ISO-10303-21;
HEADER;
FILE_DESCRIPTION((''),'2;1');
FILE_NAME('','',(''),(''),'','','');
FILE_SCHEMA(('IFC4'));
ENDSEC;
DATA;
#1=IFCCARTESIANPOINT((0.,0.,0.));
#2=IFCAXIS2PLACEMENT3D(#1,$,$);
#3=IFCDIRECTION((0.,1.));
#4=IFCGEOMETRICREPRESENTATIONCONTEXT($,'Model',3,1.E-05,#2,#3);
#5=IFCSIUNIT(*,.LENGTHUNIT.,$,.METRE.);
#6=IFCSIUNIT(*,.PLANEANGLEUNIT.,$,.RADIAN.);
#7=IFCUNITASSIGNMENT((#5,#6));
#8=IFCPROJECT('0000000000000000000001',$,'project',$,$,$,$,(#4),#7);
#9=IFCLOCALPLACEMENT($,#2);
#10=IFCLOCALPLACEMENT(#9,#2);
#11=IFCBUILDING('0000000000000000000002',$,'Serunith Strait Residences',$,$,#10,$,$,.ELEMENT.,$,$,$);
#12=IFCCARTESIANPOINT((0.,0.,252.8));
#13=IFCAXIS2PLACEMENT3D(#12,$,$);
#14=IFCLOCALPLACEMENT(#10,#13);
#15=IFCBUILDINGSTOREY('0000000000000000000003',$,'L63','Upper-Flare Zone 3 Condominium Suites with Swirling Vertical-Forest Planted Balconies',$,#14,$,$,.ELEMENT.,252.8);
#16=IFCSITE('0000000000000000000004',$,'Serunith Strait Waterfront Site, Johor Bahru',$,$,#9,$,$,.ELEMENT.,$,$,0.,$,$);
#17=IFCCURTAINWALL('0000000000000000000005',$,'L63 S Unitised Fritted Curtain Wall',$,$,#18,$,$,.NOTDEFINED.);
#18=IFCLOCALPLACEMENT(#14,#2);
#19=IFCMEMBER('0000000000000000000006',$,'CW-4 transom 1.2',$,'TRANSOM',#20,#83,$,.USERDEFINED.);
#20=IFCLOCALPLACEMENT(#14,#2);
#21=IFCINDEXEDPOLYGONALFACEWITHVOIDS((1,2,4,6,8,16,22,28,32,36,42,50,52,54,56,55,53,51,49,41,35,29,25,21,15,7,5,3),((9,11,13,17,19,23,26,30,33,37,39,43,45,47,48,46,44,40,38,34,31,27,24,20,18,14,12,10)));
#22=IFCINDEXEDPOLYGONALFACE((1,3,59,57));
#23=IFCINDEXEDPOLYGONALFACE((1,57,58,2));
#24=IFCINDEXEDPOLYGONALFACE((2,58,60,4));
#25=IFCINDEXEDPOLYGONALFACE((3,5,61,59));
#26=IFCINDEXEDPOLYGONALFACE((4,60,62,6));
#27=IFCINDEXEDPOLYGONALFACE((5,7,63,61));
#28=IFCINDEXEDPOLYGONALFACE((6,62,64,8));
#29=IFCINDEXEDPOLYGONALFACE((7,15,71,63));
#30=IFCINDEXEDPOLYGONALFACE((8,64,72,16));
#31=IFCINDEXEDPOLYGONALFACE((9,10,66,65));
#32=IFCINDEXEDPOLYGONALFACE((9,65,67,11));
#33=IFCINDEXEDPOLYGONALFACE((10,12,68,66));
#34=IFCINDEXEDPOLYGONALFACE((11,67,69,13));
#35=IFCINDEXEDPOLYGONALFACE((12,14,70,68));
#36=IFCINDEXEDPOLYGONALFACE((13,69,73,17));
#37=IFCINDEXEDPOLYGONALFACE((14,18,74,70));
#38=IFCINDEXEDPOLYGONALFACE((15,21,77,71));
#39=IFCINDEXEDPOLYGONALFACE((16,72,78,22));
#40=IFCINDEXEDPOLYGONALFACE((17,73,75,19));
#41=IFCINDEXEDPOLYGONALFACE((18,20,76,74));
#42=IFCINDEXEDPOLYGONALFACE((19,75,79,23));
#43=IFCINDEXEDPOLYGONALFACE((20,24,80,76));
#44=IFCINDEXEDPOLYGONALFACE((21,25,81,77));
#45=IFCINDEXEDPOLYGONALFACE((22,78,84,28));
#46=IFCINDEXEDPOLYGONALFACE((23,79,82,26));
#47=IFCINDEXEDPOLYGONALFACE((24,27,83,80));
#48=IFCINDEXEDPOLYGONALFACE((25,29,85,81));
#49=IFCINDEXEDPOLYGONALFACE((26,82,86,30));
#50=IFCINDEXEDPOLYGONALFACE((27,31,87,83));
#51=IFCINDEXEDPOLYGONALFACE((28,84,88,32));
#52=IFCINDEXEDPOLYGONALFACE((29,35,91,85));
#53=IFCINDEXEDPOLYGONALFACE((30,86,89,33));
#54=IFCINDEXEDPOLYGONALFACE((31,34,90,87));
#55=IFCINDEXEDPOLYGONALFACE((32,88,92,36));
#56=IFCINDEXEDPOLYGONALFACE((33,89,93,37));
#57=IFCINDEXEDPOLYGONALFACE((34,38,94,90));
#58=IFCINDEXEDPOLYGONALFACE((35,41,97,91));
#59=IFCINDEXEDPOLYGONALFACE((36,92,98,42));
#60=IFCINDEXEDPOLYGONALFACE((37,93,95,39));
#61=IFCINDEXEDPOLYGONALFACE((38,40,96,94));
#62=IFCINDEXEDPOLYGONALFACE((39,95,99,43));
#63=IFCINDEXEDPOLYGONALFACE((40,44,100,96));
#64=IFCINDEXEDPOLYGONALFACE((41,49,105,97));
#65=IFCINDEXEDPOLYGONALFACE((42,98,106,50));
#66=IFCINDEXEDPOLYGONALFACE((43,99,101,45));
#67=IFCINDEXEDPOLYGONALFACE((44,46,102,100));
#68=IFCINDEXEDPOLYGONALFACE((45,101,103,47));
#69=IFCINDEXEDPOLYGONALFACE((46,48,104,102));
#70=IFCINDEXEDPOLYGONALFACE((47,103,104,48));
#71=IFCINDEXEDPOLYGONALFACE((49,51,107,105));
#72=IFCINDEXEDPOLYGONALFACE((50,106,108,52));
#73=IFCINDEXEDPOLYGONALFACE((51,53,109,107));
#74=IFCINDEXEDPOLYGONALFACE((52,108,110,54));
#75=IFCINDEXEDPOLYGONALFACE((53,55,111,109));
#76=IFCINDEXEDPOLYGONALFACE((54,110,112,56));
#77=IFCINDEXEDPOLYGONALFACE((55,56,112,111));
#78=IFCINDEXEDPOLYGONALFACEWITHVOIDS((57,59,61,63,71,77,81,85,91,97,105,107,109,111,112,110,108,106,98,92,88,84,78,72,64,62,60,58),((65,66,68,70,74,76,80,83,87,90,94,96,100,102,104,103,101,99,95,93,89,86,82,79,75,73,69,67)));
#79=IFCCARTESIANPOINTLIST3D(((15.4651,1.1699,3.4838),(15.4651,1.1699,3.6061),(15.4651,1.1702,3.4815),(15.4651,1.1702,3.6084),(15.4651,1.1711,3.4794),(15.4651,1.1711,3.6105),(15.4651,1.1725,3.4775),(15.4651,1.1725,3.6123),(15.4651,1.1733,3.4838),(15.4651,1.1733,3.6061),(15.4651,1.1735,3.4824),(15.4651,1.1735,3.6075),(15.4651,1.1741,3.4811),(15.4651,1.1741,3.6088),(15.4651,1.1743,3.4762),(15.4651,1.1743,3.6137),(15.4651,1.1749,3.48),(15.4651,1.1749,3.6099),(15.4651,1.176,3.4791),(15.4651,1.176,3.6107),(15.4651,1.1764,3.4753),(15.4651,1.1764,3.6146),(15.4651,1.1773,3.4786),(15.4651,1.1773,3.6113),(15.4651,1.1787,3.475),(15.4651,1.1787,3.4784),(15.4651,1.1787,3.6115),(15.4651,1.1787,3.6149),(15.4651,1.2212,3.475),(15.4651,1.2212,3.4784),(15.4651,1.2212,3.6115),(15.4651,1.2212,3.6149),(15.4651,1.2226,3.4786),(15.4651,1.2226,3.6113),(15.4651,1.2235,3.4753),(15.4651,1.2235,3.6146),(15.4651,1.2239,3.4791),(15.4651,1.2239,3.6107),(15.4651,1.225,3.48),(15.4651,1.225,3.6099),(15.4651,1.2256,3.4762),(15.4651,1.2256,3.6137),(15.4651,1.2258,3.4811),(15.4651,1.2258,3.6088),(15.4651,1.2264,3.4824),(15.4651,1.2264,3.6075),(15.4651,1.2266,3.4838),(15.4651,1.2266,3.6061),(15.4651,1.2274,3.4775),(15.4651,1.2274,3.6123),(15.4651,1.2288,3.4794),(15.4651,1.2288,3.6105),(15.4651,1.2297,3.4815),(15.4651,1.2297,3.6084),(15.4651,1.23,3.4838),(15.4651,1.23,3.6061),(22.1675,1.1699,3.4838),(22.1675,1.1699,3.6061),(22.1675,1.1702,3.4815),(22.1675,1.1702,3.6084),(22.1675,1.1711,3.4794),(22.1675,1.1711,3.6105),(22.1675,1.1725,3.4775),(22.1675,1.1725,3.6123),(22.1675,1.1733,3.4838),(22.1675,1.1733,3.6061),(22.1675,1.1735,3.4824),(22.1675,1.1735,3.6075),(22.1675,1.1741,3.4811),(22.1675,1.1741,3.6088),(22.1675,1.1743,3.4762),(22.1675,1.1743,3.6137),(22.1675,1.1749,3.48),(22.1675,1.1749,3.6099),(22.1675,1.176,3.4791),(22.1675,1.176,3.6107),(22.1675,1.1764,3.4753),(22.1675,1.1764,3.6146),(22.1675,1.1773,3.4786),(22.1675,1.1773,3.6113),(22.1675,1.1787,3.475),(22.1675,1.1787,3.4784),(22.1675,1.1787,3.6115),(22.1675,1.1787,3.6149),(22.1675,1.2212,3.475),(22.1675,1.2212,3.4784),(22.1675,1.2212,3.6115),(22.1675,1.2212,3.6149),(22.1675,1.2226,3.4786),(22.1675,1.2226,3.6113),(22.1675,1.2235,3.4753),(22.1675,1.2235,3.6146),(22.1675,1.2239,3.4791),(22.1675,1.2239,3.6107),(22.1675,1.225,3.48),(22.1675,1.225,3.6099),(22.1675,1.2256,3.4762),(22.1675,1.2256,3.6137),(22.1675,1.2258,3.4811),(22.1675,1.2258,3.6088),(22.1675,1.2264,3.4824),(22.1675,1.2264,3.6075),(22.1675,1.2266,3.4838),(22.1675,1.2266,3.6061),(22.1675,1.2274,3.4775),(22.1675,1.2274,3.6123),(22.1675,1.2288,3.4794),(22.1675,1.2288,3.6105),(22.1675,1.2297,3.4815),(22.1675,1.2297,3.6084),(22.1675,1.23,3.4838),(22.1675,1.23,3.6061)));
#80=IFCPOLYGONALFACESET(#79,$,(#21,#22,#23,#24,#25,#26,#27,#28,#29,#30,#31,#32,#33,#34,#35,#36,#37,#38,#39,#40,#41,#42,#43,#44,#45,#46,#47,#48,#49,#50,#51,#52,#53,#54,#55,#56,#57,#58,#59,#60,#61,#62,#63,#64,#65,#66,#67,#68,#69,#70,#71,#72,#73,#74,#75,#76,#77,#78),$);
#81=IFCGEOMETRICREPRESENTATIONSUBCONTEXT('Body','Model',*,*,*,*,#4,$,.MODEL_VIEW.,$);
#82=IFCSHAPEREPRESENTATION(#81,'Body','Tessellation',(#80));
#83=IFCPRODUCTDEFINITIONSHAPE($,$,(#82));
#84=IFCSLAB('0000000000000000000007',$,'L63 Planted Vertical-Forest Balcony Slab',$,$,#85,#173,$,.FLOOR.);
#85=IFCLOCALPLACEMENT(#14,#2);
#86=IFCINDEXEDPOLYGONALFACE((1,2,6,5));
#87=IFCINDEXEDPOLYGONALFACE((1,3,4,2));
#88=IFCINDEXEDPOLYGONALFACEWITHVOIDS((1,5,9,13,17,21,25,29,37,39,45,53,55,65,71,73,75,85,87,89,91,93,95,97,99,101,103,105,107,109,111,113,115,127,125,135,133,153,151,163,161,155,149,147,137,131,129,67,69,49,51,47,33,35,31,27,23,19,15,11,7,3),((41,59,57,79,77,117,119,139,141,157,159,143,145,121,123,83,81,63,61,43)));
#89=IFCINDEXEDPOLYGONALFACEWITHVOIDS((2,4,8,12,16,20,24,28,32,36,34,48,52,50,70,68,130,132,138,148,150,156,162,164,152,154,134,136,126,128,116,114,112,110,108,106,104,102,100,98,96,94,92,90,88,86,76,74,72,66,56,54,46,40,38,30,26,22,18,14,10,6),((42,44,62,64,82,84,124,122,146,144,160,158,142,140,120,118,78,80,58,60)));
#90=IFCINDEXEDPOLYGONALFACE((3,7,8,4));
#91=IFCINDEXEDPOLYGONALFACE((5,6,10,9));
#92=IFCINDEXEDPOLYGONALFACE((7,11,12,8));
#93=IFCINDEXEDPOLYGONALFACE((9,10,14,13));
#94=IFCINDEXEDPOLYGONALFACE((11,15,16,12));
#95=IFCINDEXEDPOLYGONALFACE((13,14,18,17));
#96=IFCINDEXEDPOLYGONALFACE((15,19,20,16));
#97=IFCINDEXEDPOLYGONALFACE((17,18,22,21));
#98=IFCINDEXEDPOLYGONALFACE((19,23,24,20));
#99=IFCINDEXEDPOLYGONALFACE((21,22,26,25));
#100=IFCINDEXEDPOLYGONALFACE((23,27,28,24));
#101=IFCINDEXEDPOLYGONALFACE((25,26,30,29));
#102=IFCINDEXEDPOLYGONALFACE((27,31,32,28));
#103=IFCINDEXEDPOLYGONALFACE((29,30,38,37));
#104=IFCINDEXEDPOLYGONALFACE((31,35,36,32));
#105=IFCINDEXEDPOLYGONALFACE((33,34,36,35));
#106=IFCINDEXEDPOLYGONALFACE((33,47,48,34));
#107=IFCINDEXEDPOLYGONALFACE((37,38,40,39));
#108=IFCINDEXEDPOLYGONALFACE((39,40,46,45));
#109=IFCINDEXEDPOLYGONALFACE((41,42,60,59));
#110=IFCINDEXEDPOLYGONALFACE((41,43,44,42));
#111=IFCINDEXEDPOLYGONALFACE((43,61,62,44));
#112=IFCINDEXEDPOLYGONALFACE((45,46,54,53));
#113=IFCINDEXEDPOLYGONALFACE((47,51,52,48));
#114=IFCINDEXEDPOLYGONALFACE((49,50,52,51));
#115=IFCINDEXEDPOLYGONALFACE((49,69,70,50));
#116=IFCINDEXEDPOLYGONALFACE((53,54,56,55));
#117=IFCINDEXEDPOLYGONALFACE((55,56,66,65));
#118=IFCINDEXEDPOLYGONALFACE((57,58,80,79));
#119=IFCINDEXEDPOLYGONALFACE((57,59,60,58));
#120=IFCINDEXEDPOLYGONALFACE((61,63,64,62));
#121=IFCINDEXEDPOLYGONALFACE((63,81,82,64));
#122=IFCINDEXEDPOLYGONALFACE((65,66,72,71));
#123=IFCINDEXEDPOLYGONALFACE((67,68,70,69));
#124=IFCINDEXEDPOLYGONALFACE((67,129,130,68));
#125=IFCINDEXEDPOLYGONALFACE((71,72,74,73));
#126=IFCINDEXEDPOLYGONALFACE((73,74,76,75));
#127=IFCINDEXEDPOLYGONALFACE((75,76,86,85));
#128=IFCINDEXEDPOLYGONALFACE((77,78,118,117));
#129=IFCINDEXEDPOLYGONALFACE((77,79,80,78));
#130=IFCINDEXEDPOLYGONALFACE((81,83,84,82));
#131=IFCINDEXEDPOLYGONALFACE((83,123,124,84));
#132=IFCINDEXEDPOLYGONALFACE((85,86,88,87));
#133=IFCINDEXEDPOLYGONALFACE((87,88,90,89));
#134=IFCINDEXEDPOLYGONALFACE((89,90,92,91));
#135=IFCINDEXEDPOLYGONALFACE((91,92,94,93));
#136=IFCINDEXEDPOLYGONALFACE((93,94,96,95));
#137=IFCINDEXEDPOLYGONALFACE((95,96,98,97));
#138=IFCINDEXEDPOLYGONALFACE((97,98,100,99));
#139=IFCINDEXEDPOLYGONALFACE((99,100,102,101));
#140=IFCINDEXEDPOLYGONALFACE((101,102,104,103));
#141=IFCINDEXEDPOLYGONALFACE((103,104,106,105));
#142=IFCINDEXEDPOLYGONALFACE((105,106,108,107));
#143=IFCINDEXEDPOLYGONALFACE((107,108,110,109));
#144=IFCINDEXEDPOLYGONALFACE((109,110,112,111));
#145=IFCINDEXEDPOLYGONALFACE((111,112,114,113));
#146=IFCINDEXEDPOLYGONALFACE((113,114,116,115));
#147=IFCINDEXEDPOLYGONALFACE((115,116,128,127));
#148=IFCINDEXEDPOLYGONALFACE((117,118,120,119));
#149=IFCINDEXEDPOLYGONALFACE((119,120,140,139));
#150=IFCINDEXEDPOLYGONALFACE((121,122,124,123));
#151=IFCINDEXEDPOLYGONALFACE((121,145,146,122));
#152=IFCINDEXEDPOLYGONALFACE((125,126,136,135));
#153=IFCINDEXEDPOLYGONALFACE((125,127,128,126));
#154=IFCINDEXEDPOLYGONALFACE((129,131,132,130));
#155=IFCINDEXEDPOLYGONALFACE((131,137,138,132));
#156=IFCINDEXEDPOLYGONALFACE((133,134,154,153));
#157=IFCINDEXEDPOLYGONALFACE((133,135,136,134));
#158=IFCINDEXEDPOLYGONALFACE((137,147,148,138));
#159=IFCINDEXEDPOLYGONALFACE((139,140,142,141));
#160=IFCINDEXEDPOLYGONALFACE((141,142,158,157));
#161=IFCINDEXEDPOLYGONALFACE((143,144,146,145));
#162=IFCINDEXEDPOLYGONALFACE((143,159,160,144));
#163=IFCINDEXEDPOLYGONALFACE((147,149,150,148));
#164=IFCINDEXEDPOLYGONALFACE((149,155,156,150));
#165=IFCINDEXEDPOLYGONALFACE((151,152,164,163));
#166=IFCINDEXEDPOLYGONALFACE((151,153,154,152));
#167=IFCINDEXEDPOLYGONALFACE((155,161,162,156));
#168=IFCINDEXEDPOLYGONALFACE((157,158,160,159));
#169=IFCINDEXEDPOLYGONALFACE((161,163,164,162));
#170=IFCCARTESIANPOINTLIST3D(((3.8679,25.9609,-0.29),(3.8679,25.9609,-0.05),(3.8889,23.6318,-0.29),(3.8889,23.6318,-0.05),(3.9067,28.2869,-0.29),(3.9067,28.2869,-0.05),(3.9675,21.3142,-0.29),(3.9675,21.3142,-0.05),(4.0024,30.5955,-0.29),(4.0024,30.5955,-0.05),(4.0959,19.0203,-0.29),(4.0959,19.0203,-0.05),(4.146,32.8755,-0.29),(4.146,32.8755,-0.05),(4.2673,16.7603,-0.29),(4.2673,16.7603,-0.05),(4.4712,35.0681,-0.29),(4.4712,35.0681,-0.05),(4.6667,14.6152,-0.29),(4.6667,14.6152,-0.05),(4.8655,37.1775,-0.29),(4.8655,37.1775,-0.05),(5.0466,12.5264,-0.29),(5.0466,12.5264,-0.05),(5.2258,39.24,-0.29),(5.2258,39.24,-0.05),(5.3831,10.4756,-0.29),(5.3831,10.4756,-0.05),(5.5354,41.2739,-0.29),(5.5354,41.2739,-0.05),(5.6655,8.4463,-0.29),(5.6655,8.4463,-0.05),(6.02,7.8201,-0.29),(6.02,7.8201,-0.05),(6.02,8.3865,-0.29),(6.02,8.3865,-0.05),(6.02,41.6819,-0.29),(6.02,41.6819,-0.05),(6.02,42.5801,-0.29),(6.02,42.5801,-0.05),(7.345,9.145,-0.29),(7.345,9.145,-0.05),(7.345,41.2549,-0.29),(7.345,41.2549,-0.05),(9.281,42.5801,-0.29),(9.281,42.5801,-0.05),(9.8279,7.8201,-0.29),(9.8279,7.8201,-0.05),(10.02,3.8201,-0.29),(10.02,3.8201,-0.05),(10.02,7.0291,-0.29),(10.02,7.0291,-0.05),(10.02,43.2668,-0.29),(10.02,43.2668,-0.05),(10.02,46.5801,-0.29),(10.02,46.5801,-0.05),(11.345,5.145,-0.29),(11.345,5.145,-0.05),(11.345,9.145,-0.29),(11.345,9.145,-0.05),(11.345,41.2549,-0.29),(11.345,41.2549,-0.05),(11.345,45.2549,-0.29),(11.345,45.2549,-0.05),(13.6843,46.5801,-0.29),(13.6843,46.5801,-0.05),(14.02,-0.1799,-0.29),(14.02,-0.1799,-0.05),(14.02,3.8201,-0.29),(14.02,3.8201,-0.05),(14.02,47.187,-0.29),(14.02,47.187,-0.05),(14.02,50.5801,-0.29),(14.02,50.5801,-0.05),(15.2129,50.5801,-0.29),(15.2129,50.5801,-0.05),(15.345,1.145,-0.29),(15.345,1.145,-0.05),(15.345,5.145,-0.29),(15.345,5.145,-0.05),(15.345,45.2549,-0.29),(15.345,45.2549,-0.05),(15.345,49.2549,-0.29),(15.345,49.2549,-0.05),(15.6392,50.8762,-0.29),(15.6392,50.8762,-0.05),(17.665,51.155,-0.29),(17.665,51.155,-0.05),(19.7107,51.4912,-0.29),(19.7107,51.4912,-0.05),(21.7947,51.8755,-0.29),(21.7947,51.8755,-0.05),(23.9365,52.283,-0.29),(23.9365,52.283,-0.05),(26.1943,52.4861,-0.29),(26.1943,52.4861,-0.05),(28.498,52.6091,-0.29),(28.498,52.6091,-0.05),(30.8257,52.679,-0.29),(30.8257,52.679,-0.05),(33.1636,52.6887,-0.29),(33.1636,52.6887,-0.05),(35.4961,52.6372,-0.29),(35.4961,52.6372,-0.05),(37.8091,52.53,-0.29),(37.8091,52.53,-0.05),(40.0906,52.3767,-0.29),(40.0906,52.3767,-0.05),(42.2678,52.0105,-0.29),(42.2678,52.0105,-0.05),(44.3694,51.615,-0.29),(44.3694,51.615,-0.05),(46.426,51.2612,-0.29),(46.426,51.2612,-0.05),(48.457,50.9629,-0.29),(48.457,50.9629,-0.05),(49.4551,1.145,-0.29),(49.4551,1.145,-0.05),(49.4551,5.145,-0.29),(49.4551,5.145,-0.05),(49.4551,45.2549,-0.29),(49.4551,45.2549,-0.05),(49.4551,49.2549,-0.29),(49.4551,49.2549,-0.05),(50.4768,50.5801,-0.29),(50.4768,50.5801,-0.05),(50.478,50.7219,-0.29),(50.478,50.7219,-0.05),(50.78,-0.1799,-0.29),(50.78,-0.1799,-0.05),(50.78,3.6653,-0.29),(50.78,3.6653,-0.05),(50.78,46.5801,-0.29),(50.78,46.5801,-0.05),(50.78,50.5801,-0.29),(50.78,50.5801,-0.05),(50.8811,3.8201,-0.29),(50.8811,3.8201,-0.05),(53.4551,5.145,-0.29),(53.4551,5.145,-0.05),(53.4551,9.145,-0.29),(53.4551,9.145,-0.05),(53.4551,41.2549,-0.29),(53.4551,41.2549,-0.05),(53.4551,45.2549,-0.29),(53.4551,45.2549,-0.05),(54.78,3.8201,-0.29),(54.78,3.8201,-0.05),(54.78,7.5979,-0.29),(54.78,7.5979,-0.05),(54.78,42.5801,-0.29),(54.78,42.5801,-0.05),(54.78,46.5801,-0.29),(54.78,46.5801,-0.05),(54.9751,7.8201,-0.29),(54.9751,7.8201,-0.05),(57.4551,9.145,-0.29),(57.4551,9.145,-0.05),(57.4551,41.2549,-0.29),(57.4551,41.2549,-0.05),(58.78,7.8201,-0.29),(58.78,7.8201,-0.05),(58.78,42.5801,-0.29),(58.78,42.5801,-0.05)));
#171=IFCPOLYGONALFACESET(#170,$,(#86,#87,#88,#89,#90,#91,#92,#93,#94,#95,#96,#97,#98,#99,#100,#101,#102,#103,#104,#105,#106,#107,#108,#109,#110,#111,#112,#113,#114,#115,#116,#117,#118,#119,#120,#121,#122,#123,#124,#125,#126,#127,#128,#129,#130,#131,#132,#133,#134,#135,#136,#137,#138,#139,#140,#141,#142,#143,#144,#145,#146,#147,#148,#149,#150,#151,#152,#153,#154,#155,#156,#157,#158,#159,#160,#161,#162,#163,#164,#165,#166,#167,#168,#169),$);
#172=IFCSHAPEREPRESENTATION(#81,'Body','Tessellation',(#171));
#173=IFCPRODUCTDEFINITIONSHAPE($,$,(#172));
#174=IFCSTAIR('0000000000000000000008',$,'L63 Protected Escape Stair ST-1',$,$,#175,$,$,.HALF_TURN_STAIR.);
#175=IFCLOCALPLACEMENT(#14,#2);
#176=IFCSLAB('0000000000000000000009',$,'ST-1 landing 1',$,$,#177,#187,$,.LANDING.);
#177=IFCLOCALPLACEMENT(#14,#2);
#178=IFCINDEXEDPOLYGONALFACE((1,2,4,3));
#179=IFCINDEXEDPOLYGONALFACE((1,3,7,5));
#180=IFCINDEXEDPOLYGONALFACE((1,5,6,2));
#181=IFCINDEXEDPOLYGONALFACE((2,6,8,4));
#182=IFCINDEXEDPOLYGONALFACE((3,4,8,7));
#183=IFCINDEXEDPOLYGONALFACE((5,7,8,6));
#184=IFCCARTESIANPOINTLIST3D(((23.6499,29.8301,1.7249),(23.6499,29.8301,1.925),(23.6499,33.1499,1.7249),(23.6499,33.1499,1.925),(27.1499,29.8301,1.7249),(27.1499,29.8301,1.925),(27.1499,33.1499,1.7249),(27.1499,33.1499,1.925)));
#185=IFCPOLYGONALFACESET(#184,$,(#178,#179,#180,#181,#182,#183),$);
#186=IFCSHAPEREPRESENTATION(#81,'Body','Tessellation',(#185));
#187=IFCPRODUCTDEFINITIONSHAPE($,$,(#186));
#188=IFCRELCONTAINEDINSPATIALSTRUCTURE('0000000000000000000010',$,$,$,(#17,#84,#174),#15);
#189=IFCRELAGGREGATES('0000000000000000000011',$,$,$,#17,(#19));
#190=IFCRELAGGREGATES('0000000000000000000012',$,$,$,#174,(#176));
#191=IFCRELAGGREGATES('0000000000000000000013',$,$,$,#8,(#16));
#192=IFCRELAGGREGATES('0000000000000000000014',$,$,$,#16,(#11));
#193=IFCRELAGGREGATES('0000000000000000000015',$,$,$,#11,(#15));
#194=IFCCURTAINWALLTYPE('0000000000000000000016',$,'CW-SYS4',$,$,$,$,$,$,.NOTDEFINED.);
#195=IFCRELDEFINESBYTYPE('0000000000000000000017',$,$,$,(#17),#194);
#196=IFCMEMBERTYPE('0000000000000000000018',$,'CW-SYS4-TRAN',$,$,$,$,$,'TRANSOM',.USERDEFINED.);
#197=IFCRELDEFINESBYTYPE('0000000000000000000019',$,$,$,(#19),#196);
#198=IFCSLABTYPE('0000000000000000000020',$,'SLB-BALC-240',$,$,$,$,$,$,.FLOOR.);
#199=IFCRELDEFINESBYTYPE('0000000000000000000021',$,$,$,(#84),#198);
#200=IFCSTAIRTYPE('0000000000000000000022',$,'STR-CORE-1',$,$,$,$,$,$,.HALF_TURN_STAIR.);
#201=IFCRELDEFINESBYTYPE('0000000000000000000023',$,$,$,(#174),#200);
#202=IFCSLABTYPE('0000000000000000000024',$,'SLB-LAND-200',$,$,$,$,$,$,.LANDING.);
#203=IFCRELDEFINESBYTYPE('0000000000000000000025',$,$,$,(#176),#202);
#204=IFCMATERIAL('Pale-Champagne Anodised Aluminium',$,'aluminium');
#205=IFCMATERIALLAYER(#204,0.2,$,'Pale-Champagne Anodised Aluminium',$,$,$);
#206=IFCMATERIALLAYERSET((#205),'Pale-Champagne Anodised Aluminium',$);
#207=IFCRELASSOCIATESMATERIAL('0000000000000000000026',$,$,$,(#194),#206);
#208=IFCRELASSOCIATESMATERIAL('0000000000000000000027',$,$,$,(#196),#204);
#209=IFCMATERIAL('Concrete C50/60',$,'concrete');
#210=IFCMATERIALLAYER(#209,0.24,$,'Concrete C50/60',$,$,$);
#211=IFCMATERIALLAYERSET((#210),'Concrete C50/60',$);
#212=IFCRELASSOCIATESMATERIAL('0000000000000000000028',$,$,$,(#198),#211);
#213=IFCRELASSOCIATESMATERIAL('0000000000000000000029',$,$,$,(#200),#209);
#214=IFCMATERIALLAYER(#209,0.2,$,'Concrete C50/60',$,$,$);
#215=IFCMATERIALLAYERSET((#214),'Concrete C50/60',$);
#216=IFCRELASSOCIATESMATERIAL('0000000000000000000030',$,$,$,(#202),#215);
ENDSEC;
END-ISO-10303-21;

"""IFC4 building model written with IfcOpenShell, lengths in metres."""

from ifc_helpers import new_model, si_unit, direction, frame, origin, origin_2d, place, context, subcontext, project, spatial, polyline, hollow_rectangle, outline, extrude, source, transform, mapped, material, layer, layer_set, material_profile, profile_set, type_object, element, aggregate, save


model = new_model("IFC4")

# Units and contexts
model_context = context("Model", 3, precision=1e-05, world=origin(), true_north=direction((0.0, 1.0)))
body_context = subcontext(model_context, "Body", "Model", "MODEL_VIEW")
ifc_project = project(units=[si_unit("LENGTHUNIT", "METRE"), si_unit("PLANEANGLEUNIT", "RADIAN")], contexts=[model_context])

# Site, building, storey
site_placement = place(None, origin())
site = spatial("IfcSite", under=ifc_project, at=site_placement, Name="Serunith Strait Waterfront Site, Johor Bahru", CompositionType="ELEMENT", RefElevation=0.0)
building_placement = place(site_placement, origin())
building = spatial("IfcBuilding", under=site, at=building_placement, Name="Serunith Strait Residences", CompositionType="ELEMENT")
storey_placement = place(building_placement, frame((0.0, 0.0, 252.8)))
storey = spatial("IfcBuildingStorey", under=building, at=storey_placement, Name="L63", Description="Upper-Flare Zone 3 Condominium Suites with Swirling Vertical-Forest Planted Balconies", CompositionType="ELEMENT", Elevation=252.8)

# Curtain wall
ifc_material_1 = material(Name="Pale-Champagne Anodised Aluminium", Category="aluminium")
ifc_layer_1 = layer(ifc_material_1, 0.2, Name="Pale-Champagne Anodised Aluminium")
ifc_layer_set_1 = layer_set([ifc_layer_1], Name="Pale-Champagne Anodised Aluminium")
curtain_wall_type = type_object("IfcCurtainWallType", Name="CW-SYS4", PredefinedType="NOTDEFINED", material=ifc_layer_set_1)
curtain_wall_1_placement = place(storey_placement, origin())
curtain_wall_1 = element("IfcCurtainWall", 1, at=curtain_wall_1_placement, inside=storey, type_object=curtain_wall_type, Name="L63 S Unitised Fritted Curtain Wall", PredefinedType="NOTDEFINED")

# Member
ifc_material_profile_1 = material_profile(ifc_material_1, hollow_rectangle(XDim=0.0601, YDim=0.1399, WallThickness=0.0034, InnerFilletRadius=0.0054, OuterFilletRadius=0.0088, at=origin_2d()), Name="ALU 140x60x3.5")
ifc_profile_set_1 = profile_set([ifc_material_profile_1], Name="Pale-Champagne Anodised Aluminium")
member_type_1 = type_object("IfcMemberType", Name="CW-SYS4-TRAN", ElementType="TRANSOM", PredefinedType="USERDEFINED", material=ifc_profile_set_1)
shared_shape_1 = source(origin(), body_context, "Body", "SweptSolid", [
    extrude(hollow_rectangle(XDim=0.0601, YDim=0.1399, WallThickness=0.0034, InnerFilletRadius=0.0054, OuterFilletRadius=0.0088, at=origin_2d()), origin(), (0.0, 0.0, 1.0), 6.7024),
])
member_1_placement = place(storey_placement, frame((15.4651, 1.2, 3.5449), z_axis=(1.0, 0.0, 0.0), x_axis=(0.0, 1.0, 0.0)))
member_1 = element("IfcMember", 2, at=member_1_placement, type_object=member_type_1, Name="CW-4 transom 1.2", ObjectType="TRANSOM", PredefinedType="USERDEFINED", context=body_context, shape_type="MappedRepresentation", body=[
    mapped(shared_shape_1, transform((0.0, 0.0, 0.0), scale=1.0)),
])
aggregate(curtain_wall_1, [member_1])

# Slab
ifc_material_2 = material(Name="Concrete C50/60", Category="concrete")
ifc_layer_2 = layer(ifc_material_2, 0.24, Name="Concrete C50/60")
ifc_layer_set_2 = layer_set([ifc_layer_2], Name="Concrete C50/60")
slab_type_1 = type_object("IfcSlabType", Name="SLB-BALC-240", PredefinedType="FLOOR", material=ifc_layer_set_2)
slab_1_placement = place(storey_placement, frame((0.0, 0.0, -0.29)))
element("IfcSlab", 3, at=slab_1_placement, inside=storey, type_object=slab_type_1, Name="L63 Planted Vertical-Forest Balcony Slab", PredefinedType="FLOOR", context=body_context, shape_type="SweptSolid", body=[
    extrude(outline(polyline([(6.02, 7.8201), (6.02, 8.3865), (5.6655, 8.4463), (5.3831, 10.4756), (5.0466, 12.5264), (4.6667, 14.6152), (4.2673, 16.7603), (4.0959, 19.0203), (3.9675, 21.3142), (3.8889, 23.6318), (3.8679, 25.9609), (3.9067, 28.2869), (4.0024, 30.5955), (4.146, 32.8755), (4.4712, 35.0681), (4.8655, 37.1775), (5.2258, 39.24), (5.5354, 41.2739), (6.02, 41.6819), (6.02, 42.5801), (9.281, 42.5801), (10.02, 43.2668), (10.02, 46.5801), (13.6843, 46.5801), (14.02, 47.187), (14.02, 50.5801), (15.2129, 50.5801), (15.6392, 50.8762), (17.665, 51.155), (19.7107, 51.4912), (21.7947, 51.8755), (23.9365, 52.283), (26.1943, 52.4861), (28.498, 52.6091), (30.8257, 52.679), (33.1636, 52.6887), (35.4961, 52.6372), (37.8091, 52.53), (40.0906, 52.3767), (42.2678, 52.0105), (44.3694, 51.615), (46.426, 51.2612), (48.457, 50.9629), (50.478, 50.7219), (50.4768, 50.5801), (50.78, 50.5801), (50.78, 46.5801), (54.78, 46.5801), (54.78, 42.5801), (58.78, 42.5801), (58.78, 7.8201), (54.9751, 7.8201), (54.78, 7.5979), (54.78, 3.8201), (50.8811, 3.8201), (50.78, 3.6653), (50.78, -0.1799), (14.02, -0.1799), (14.02, 3.8201), (10.02, 3.8201), (10.02, 7.0291), (9.8279, 7.8201), (6.02, 7.8201)]), holes=[polyline([(49.4551, 1.145), (49.4551, 5.145), (53.4551, 5.145), (53.4551, 9.145), (57.4551, 9.145), (57.4551, 41.2549), (53.4551, 41.2549), (53.4551, 45.2549), (49.4551, 45.2549), (49.4551, 49.2549), (15.345, 49.2549), (15.345, 45.2549), (11.345, 45.2549), (11.345, 41.2549), (7.345, 41.2549), (7.345, 9.145), (11.345, 9.145), (11.345, 5.145), (15.345, 5.145), (15.345, 1.145), (49.4551, 1.145)])]), origin(), (0.0, 0.0, 1.0), 0.24),
])

# Stair, slab
stair_type_1 = type_object("IfcStairType", Name="STR-CORE-1", PredefinedType="HALF_TURN_STAIR", material=ifc_material_2)
stair_1_placement = place(storey_placement, origin())
stair_1 = element("IfcStair", 4, at=stair_1_placement, inside=storey, type_object=stair_type_1, Name="L63 Protected Escape Stair ST-1", PredefinedType="HALF_TURN_STAIR")
ifc_layer_3 = layer(ifc_material_2, 0.2, Name="Concrete C50/60")
ifc_layer_set_3 = layer_set([ifc_layer_3], Name="Concrete C50/60")
slab_type_2 = type_object("IfcSlabType", Name="SLB-LAND-200", PredefinedType="LANDING", material=ifc_layer_set_3)
slab_2_placement = place(storey_placement, frame((0.0, 0.0, 1.7249)))
slab_2 = element("IfcSlab", 5, at=slab_2_placement, type_object=slab_type_2, Name="ST-1 landing 1", PredefinedType="LANDING", context=body_context, shape_type="SweptSolid", body=[
    extrude(outline(polyline([(27.1499, 29.8301), (27.1499, 33.1499), (23.6499, 33.1499), (23.6499, 29.8301), (27.1499, 29.8301)])), origin(), (0.0, 0.0, 1.0), 0.2002),
])
aggregate(stair_1, [slab_2])

save(model, "model.ifc")
